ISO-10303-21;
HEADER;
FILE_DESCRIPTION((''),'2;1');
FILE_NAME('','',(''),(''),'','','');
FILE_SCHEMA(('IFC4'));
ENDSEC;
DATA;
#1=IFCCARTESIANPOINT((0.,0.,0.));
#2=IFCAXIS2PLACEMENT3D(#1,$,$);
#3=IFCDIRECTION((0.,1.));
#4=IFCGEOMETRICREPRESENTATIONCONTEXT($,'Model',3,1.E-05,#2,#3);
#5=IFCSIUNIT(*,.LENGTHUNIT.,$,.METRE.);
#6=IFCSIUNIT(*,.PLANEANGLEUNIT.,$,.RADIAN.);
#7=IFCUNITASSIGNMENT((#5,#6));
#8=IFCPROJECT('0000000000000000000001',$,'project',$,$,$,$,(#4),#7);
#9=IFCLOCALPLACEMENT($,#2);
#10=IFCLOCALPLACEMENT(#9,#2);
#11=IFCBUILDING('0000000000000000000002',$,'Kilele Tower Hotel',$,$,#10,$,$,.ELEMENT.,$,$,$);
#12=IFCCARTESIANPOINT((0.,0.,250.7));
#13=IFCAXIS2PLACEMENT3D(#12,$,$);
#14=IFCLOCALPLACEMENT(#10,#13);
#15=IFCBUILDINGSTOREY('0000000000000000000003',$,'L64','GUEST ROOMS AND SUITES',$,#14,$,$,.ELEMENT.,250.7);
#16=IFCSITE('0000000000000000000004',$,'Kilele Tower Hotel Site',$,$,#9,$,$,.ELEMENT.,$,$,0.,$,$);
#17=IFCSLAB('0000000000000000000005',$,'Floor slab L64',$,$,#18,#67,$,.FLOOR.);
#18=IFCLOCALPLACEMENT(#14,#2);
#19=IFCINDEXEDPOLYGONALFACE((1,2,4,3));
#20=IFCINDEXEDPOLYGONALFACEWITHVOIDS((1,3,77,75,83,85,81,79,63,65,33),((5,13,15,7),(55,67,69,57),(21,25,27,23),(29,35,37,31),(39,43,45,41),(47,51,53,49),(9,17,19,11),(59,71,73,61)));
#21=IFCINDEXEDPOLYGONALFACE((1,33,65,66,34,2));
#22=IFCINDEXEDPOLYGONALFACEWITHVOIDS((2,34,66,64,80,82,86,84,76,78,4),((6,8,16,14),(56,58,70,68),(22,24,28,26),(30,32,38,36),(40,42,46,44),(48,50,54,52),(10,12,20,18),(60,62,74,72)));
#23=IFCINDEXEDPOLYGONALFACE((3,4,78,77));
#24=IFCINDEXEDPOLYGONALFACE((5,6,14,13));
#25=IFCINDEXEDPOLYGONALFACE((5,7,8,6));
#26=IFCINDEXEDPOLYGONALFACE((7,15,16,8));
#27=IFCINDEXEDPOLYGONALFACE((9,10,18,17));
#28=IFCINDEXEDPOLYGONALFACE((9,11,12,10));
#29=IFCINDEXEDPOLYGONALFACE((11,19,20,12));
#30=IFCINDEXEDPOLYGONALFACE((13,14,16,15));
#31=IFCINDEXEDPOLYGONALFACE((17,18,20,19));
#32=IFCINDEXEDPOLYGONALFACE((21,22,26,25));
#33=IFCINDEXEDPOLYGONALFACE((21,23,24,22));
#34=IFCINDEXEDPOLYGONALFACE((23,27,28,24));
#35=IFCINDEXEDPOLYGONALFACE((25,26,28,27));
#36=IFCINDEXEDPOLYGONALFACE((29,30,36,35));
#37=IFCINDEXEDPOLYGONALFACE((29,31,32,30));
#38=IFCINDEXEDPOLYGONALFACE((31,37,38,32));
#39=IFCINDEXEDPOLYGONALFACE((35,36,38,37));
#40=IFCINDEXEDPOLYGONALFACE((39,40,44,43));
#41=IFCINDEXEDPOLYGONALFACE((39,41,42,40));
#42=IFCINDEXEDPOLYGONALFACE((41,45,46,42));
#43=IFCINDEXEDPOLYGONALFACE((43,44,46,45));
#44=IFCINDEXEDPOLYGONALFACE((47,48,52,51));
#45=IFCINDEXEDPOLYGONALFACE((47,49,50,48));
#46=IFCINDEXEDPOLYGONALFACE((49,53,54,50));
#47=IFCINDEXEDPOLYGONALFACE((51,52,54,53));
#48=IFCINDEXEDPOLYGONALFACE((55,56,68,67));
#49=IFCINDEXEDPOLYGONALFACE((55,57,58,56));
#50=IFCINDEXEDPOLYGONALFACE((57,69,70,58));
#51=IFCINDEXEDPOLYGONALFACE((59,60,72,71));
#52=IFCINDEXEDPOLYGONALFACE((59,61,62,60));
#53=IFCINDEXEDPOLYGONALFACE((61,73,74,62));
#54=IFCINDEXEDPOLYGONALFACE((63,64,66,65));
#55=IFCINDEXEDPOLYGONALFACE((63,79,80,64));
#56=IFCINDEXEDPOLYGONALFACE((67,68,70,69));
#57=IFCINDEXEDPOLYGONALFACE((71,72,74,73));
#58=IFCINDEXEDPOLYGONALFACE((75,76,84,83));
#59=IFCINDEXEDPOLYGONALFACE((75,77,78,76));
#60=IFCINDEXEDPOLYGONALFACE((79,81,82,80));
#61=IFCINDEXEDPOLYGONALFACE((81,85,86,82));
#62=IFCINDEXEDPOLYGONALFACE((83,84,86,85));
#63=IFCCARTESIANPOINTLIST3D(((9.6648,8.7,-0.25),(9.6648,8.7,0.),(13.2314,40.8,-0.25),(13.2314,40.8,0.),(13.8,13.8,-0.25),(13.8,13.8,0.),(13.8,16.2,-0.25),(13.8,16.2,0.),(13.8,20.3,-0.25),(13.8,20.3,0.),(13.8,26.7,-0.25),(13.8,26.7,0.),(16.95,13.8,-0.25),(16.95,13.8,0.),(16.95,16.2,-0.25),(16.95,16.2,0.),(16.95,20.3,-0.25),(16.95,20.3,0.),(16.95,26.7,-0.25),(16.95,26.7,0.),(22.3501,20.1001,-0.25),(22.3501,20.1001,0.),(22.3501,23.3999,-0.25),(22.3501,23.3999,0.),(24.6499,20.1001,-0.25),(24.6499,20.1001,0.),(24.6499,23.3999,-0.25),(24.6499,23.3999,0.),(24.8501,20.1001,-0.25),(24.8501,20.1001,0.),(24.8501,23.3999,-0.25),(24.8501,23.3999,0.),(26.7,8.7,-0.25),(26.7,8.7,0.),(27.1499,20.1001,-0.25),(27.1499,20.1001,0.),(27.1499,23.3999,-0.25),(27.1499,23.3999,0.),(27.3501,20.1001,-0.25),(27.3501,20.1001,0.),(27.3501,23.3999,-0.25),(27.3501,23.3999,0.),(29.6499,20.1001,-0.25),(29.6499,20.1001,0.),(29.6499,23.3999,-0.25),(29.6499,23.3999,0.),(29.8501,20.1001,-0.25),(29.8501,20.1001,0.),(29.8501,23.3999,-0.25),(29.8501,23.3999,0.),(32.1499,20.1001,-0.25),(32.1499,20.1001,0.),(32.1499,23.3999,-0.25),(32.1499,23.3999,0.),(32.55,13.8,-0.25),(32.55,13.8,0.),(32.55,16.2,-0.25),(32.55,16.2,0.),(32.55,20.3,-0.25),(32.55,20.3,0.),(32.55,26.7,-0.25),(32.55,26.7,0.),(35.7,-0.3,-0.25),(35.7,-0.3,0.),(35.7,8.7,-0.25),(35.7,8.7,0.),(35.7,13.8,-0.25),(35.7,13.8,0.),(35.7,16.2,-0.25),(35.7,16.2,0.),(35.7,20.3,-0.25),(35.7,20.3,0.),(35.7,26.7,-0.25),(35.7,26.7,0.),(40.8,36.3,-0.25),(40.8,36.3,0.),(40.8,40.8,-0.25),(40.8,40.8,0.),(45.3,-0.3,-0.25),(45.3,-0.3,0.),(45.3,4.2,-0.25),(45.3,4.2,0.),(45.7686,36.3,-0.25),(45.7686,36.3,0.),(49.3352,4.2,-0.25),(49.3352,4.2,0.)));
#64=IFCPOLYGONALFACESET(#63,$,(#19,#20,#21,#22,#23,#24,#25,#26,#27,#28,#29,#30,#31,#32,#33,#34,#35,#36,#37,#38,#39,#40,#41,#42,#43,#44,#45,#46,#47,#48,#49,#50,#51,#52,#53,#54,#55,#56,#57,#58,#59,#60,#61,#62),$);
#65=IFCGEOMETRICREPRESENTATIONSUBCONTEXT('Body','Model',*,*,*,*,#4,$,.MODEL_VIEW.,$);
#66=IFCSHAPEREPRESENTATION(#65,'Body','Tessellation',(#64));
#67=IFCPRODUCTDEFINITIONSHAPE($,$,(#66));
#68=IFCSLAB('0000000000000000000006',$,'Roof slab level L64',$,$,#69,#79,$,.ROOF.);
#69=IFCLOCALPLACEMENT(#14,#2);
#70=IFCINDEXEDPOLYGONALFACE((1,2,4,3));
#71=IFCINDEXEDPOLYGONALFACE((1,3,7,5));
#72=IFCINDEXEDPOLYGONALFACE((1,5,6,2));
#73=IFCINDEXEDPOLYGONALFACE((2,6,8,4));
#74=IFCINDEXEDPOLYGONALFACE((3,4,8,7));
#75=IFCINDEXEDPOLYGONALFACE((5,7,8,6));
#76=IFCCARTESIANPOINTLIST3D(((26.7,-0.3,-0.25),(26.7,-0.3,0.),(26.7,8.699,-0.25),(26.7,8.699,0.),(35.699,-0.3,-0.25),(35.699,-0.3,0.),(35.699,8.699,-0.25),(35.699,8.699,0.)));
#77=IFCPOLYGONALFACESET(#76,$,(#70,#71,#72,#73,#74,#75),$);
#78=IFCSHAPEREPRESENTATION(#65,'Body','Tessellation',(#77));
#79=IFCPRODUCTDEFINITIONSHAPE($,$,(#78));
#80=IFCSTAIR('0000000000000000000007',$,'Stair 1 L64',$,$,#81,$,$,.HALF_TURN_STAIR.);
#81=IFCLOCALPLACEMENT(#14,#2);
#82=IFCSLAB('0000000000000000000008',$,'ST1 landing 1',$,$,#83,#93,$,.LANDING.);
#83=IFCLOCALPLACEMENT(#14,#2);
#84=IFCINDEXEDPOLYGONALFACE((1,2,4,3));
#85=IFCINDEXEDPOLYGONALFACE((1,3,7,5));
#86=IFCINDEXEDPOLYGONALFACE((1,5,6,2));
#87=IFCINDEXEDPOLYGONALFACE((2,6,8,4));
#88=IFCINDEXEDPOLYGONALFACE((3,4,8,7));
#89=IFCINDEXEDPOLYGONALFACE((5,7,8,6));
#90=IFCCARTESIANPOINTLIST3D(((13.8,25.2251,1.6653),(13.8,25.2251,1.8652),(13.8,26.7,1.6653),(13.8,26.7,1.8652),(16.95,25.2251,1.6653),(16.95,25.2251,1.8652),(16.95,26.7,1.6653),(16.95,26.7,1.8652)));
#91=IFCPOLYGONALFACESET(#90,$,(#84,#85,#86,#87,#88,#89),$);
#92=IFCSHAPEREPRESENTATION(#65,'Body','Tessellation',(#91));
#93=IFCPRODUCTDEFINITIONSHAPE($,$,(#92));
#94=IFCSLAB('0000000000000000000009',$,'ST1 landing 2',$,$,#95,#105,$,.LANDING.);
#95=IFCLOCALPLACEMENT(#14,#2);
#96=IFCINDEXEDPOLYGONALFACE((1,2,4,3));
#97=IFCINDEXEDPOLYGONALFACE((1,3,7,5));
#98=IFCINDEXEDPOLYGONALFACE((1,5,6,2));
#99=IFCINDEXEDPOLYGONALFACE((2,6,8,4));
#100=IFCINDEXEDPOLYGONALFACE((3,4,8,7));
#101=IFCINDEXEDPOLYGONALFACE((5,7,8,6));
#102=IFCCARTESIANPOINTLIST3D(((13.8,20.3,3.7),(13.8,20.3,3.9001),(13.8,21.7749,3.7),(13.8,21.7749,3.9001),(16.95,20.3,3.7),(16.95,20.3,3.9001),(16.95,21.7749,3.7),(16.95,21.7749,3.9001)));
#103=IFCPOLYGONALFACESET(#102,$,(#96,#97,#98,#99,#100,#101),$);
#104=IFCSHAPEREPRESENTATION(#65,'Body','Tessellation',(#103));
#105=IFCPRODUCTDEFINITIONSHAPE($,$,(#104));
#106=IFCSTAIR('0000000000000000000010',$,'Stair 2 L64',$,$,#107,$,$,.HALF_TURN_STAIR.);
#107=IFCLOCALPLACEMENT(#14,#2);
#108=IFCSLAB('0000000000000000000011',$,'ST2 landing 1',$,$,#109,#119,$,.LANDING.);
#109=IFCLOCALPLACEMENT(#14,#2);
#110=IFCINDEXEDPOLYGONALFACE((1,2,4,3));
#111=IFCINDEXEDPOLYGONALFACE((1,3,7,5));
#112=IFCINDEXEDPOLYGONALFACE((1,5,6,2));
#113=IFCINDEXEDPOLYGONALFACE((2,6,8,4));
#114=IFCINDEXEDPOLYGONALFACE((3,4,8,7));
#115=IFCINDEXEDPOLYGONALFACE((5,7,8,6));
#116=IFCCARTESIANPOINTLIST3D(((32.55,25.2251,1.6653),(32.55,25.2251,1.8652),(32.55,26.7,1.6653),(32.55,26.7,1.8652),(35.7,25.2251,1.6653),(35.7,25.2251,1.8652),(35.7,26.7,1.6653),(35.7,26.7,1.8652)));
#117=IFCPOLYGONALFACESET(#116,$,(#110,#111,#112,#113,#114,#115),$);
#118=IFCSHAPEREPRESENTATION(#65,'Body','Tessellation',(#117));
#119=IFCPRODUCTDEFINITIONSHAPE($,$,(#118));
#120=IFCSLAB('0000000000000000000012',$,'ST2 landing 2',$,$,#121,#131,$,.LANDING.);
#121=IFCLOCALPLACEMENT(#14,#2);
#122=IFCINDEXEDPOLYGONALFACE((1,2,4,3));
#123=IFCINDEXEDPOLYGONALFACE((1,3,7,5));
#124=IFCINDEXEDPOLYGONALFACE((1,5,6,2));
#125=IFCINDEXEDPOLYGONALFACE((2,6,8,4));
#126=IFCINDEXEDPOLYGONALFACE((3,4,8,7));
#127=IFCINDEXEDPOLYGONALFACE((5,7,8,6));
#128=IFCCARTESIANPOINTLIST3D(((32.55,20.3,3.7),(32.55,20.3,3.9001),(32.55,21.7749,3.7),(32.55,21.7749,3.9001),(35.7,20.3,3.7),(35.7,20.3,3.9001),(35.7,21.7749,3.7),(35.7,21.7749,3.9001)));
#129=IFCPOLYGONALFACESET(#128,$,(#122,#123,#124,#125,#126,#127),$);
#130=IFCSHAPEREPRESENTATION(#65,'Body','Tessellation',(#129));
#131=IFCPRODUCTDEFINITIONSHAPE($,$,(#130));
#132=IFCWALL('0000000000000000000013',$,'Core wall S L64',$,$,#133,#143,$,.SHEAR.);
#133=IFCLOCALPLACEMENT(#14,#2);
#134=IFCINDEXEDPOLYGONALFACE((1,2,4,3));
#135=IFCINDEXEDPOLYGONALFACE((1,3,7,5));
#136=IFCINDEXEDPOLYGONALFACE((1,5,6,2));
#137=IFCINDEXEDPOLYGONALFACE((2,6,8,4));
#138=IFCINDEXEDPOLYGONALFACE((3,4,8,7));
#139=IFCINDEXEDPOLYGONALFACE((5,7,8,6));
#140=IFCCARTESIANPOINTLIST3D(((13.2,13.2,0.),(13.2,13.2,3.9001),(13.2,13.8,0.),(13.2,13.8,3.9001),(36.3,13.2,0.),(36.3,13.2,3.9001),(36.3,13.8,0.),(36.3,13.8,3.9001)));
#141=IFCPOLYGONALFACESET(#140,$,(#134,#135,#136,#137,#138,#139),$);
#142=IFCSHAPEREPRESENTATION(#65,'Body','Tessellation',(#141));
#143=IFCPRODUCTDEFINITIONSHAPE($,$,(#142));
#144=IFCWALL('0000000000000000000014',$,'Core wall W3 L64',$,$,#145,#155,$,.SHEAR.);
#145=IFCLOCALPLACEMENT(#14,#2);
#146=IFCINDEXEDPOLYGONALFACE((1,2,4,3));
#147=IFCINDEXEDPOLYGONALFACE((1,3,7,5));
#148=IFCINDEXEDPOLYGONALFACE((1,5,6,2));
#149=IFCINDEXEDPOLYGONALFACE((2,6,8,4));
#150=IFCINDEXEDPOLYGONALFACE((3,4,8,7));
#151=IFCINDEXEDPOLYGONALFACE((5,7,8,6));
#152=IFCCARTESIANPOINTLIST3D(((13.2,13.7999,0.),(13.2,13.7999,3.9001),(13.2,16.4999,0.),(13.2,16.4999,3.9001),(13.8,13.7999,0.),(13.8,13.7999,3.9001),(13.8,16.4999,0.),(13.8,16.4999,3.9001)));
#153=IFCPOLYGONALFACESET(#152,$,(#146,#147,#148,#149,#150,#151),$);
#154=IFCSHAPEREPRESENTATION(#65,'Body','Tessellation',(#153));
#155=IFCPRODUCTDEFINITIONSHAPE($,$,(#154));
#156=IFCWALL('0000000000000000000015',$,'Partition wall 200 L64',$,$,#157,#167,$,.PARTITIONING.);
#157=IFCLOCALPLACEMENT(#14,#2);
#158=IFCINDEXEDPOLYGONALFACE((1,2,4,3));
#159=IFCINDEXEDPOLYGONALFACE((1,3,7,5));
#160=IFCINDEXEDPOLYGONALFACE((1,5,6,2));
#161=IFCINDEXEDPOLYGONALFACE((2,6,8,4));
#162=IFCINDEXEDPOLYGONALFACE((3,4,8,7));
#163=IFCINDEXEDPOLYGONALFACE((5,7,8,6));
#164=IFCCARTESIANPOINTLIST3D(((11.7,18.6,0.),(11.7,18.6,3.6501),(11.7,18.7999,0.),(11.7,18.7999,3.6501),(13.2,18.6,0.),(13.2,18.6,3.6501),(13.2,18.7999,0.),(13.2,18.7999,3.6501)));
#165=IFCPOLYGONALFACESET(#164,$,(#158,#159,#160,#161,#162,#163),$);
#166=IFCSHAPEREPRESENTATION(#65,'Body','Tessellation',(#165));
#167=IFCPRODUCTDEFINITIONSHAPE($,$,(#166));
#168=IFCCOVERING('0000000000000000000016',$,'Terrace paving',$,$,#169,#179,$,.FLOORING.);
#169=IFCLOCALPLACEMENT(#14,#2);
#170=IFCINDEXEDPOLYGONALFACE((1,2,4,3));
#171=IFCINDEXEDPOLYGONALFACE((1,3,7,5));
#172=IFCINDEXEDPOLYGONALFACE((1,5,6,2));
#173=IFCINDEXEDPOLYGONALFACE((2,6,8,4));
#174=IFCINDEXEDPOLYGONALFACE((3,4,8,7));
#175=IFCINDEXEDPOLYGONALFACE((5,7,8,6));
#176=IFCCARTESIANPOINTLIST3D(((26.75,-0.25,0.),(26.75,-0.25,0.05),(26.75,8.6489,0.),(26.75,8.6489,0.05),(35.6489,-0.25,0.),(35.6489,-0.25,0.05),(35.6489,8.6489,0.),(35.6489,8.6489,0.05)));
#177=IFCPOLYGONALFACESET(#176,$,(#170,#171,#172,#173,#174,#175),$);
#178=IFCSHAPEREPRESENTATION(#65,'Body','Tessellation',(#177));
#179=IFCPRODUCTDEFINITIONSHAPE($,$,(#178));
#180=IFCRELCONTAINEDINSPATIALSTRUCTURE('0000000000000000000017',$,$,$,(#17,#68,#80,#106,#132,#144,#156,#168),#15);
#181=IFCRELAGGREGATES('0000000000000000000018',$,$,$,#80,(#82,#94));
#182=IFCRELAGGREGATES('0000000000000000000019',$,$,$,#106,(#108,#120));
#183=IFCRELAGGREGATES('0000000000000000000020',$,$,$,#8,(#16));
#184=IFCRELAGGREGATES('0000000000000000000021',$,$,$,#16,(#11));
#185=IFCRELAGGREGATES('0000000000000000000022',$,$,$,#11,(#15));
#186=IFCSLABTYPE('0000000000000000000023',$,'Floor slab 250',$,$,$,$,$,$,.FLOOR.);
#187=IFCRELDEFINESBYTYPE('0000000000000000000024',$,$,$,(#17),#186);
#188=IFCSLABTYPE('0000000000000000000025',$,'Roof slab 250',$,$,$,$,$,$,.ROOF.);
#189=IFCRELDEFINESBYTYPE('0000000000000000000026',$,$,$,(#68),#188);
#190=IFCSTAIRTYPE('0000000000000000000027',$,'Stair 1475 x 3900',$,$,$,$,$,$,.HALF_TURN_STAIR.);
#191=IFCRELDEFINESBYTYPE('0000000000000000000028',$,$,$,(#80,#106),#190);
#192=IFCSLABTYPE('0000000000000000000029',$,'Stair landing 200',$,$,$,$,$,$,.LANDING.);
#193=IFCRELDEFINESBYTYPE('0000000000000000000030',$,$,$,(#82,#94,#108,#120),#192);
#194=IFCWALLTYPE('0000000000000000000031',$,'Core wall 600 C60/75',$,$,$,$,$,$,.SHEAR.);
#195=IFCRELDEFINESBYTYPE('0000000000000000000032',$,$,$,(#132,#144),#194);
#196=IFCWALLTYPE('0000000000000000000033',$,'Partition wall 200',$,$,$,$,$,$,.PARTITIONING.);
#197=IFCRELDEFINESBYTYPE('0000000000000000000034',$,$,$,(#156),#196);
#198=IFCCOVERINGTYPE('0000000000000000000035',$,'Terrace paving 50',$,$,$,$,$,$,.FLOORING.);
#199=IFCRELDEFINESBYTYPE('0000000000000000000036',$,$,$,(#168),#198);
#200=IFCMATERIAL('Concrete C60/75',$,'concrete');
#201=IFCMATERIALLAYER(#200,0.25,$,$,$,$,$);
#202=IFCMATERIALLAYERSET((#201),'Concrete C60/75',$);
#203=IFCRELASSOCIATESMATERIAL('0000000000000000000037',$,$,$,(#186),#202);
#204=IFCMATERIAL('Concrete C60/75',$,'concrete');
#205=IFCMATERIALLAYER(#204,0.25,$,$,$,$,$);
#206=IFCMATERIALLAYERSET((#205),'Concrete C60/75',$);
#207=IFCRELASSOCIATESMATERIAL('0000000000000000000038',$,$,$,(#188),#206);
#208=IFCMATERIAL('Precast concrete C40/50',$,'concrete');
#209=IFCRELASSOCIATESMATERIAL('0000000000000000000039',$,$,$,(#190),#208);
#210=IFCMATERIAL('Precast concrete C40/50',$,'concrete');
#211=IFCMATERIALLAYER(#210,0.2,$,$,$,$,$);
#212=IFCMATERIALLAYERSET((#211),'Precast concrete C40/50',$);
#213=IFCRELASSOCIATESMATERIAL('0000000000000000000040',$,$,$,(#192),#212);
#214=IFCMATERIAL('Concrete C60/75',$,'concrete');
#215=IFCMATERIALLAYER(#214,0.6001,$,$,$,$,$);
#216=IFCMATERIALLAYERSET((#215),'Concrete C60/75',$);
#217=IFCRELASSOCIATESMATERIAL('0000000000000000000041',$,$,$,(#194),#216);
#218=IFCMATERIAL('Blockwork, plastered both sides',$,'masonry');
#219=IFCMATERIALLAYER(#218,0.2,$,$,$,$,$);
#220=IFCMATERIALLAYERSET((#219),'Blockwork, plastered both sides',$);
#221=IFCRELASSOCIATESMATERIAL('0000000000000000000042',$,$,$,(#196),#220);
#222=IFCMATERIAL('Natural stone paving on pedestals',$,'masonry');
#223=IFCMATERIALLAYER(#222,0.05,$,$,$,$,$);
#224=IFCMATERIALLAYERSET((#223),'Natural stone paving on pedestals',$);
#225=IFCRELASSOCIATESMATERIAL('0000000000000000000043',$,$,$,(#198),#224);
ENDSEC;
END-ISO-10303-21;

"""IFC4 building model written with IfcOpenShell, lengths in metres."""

from ifc_helpers import new_model, si_unit, direction, frame, frame_2d, origin, place, context, subcontext, project, spatial, polyline, rectangle, outline, extrude, material, layer, layer_set, type_object, element, aggregate, save


model = new_model("IFC4")

# Units and contexts
model_context = context("Model", 3, precision=1e-05, world=origin(), true_north=direction((0.0, 1.0)))
body_context = subcontext(model_context, "Body", "Model", "MODEL_VIEW")
ifc_project = project(units=[si_unit("LENGTHUNIT", "METRE"), si_unit("PLANEANGLEUNIT", "RADIAN")], contexts=[model_context])

# Site, building, storey
site_placement = place(None, origin())
site = spatial("IfcSite", under=ifc_project, at=site_placement, Name="Kilele Tower Hotel Site", CompositionType="ELEMENT", RefElevation=0.0)
building_placement = place(site_placement, origin())
building = spatial("IfcBuilding", under=site, at=building_placement, Name="Kilele Tower Hotel", CompositionType="ELEMENT")
storey_placement = place(building_placement, frame((0.0, 0.0, 250.7)))
storey = spatial("IfcBuildingStorey", under=building, at=storey_placement, Name="L64", Description="GUEST ROOMS AND SUITES", CompositionType="ELEMENT", Elevation=250.7)

# Slabs
ifc_material_1 = material(Name="Concrete C60/75", Category="concrete")
ifc_layer_1 = layer(ifc_material_1, 0.25)
ifc_layer_set_1 = layer_set([ifc_layer_1], Name="Concrete C60/75")
slab_type_1 = type_object("IfcSlabType", Name="Floor slab 250", PredefinedType="FLOOR", material=ifc_layer_set_1)
slab_1_placement = place(storey_placement, frame((0.0, 0.0, -0.25)))
element("IfcSlab", 1, at=slab_1_placement, inside=storey, type_object=slab_type_1, Name="Floor slab L64", PredefinedType="FLOOR", context=body_context, shape_type="SweptSolid", body=[
    extrude(outline(polyline([(40.8, 40.8), (40.8, 36.3), (45.7686, 36.3), (49.3352, 4.2), (45.3, 4.2), (45.3, -0.3), (35.7, -0.3), (35.7, 8.7), (26.7, 8.7), (9.6648, 8.7), (13.2314, 40.8), (40.8, 40.8)]), holes=[polyline([(16.95, 16.2), (13.8, 16.2), (13.8, 13.8), (16.95, 13.8), (16.95, 16.2)]), polyline([(35.7, 16.2), (32.55, 16.2), (32.55, 13.8), (35.7, 13.8), (35.7, 16.2)]), polyline([(24.6499, 23.3999), (22.3501, 23.3999), (22.3501, 20.1001), (24.6499, 20.1001), (24.6499, 23.3999)]), polyline([(27.1499, 23.3999), (24.8501, 23.3999), (24.8501, 20.1001), (27.1499, 20.1001), (27.1499, 23.3999)]), polyline([(29.6499, 23.3999), (27.3501, 23.3999), (27.3501, 20.1001), (29.6499, 20.1001), (29.6499, 23.3999)]), polyline([(32.1499, 23.3999), (29.8501, 23.3999), (29.8501, 20.1001), (32.1499, 20.1001), (32.1499, 23.3999)]), polyline([(16.95, 26.7), (13.8, 26.7), (13.8, 20.3), (16.95, 20.3), (16.95, 26.7)]), polyline([(35.7, 26.7), (32.55, 26.7), (32.55, 20.3), (35.7, 20.3), (35.7, 26.7)])]), origin(), (0.0, 0.0, 1.0), 0.25),
])
ifc_material_2 = material(Name="Concrete C60/75", Category="concrete")
ifc_layer_2 = layer(ifc_material_2, 0.25)
ifc_layer_set_2 = layer_set([ifc_layer_2], Name="Concrete C60/75")
slab_type_2 = type_object("IfcSlabType", Name="Roof slab 250", PredefinedType="ROOF", material=ifc_layer_set_2)
slab_2_placement = place(storey_placement, frame((0.0, 0.0, -0.25)))
element("IfcSlab", 2, at=slab_2_placement, inside=storey, type_object=slab_type_2, Name="Roof slab level L64", PredefinedType="ROOF", context=body_context, shape_type="SweptSolid", body=[
    extrude(outline(polyline([(26.7, -0.3), (26.7, 8.699), (35.699, 8.699), (35.699, -0.3), (26.7, -0.3)])), origin(), (0.0, 0.0, 1.0), 0.25),
])

# Stairs, slabs
ifc_material_3 = material(Name="Precast concrete C40/50", Category="concrete")
stair_type = type_object("IfcStairType", Name="Stair 1475 x 3900", PredefinedType="HALF_TURN_STAIR", material=ifc_material_3)
stair_1_placement = place(storey_placement, origin())
stair_1 = element("IfcStair", 3, at=stair_1_placement, inside=storey, type_object=stair_type, Name="Stair 1 L64", PredefinedType="HALF_TURN_STAIR")
ifc_material_4 = material(Name="Precast concrete C40/50", Category="concrete")
ifc_layer_3 = layer(ifc_material_4, 0.2)
ifc_layer_set_3 = layer_set([ifc_layer_3], Name="Precast concrete C40/50")
slab_type_3 = type_object("IfcSlabType", Name="Stair landing 200", PredefinedType="LANDING", material=ifc_layer_set_3)
slab_3_placement = place(storey_placement, frame((0.0, 0.0, 1.6653)))
slab_3 = element("IfcSlab", 4, at=slab_3_placement, type_object=slab_type_3, Name="ST1 landing 1", PredefinedType="LANDING", context=body_context, shape_type="SweptSolid", body=[
    extrude(outline(polyline([(13.8, 25.2251), (16.95, 25.2251), (16.95, 26.7), (13.8, 26.7), (13.8, 25.2251)])), origin(), (0.0, 0.0, 1.0), 0.2),
])
slab_4_placement = place(storey_placement, frame((0.0, 0.0, 3.7)))
slab_4 = element("IfcSlab", 5, at=slab_4_placement, type_object=slab_type_3, Name="ST1 landing 2", PredefinedType="LANDING", context=body_context, shape_type="SweptSolid", body=[
    extrude(outline(polyline([(13.8, 20.3), (16.95, 20.3), (16.95, 21.7749), (13.8, 21.7749), (13.8, 20.3)])), origin(), (0.0, 0.0, 1.0), 0.2002),
])
aggregate(stair_1, [slab_3, slab_4])
stair_2_placement = place(storey_placement, origin())
stair_2 = element("IfcStair", 6, at=stair_2_placement, inside=storey, type_object=stair_type, Name="Stair 2 L64", PredefinedType="HALF_TURN_STAIR")
slab_5_placement = place(storey_placement, frame((0.0, 0.0, 1.6653)))
slab_5 = element("IfcSlab", 7, at=slab_5_placement, type_object=slab_type_3, Name="ST2 landing 1", PredefinedType="LANDING", context=body_context, shape_type="SweptSolid", body=[
    extrude(outline(polyline([(32.55, 25.2251), (35.7, 25.2251), (35.7, 26.7), (32.55, 26.7), (32.55, 25.2251)])), origin(), (0.0, 0.0, 1.0), 0.2),
])
slab_6_placement = place(storey_placement, frame((0.0, 0.0, 3.7)))
slab_6 = element("IfcSlab", 8, at=slab_6_placement, type_object=slab_type_3, Name="ST2 landing 2", PredefinedType="LANDING", context=body_context, shape_type="SweptSolid", body=[
    extrude(outline(polyline([(32.55, 20.3), (35.7, 20.3), (35.7, 21.7749), (32.55, 21.7749), (32.55, 20.3)])), origin(), (0.0, 0.0, 1.0), 0.2002),
])
aggregate(stair_2, [slab_5, slab_6])

# Walls
ifc_material_5 = material(Name="Concrete C60/75", Category="concrete")
ifc_layer_4 = layer(ifc_material_5, 0.6001)
ifc_layer_set_4 = layer_set([ifc_layer_4], Name="Concrete C60/75")
wall_type_1 = type_object("IfcWallType", Name="Core wall 600 C60/75", PredefinedType="SHEAR", material=ifc_layer_set_4)
wall_1_placement = place(storey_placement, frame((13.2, 13.5, 0.0), z_axis=(0.0, 0.0, 1.0), x_axis=(1.0, 0.0, 0.0)))
element("IfcWall", 9, at=wall_1_placement, inside=storey, type_object=wall_type_1, Name="Core wall S L64", PredefinedType="SHEAR", context=body_context, shape_type="SweptSolid", body=[
    extrude(rectangle(XDim=23.1001, YDim=0.6001, at=frame_2d((11.55, 0.0))), origin(), (0.0, 0.0, 1.0), 3.9001),
])
wall_2_placement = place(storey_placement, frame((13.5, 16.5, 0.0), z_axis=(0.0, 0.0, 1.0), x_axis=(0.0, -1.0, 0.0)))
element("IfcWall", 10, at=wall_2_placement, inside=storey, type_object=wall_type_1, Name="Core wall W3 L64", PredefinedType="SHEAR", context=body_context, shape_type="SweptSolid", body=[
    extrude(rectangle(XDim=2.7, YDim=0.6001, at=frame_2d((1.3501, 0.0))), origin(), (0.0, 0.0, 1.0), 3.9001),
])
ifc_material_6 = material(Name="Blockwork, plastered both sides", Category="masonry")
ifc_layer_5 = layer(ifc_material_6, 0.2)
ifc_layer_set_5 = layer_set([ifc_layer_5], Name="Blockwork, plastered both sides")
wall_type_2 = type_object("IfcWallType", Name="Partition wall 200", PredefinedType="PARTITIONING", material=ifc_layer_set_5)
wall_3_placement = place(storey_placement, frame((13.2, 18.7, 0.0), z_axis=(0.0, 0.0, 1.0), x_axis=(-1.0, 0.0, 0.0)))
element("IfcWall", 11, at=wall_3_placement, inside=storey, type_object=wall_type_2, Name="Partition wall 200 L64", PredefinedType="PARTITIONING", context=body_context, shape_type="SweptSolid", body=[
    extrude(rectangle(XDim=1.5, YDim=0.2, at=frame_2d((0.75, 0.0))), origin(), (0.0, 0.0, 1.0), 3.6501),
])

# Covering
ifc_material_7 = material(Name="Natural stone paving on pedestals", Category="masonry")
ifc_layer_6 = layer(ifc_material_7, 0.05)
ifc_layer_set_6 = layer_set([ifc_layer_6], Name="Natural stone paving on pedestals")
covering_type = type_object("IfcCoveringType", Name="Terrace paving 50", PredefinedType="FLOORING", material=ifc_layer_set_6)
covering_placement = place(storey_placement, origin())
element("IfcCovering", 12, at=covering_placement, inside=storey, type_object=covering_type, Name="Terrace paving", PredefinedType="FLOORING", context=body_context, shape_type="SweptSolid", body=[
    extrude(outline(polyline([(26.75, -0.25), (26.75, 8.6489), (35.6489, 8.6489), (35.6489, -0.25), (26.75, -0.25)])), origin(), (0.0, 0.0, 1.0), 0.05),
])

save(model, "model.ifc")
